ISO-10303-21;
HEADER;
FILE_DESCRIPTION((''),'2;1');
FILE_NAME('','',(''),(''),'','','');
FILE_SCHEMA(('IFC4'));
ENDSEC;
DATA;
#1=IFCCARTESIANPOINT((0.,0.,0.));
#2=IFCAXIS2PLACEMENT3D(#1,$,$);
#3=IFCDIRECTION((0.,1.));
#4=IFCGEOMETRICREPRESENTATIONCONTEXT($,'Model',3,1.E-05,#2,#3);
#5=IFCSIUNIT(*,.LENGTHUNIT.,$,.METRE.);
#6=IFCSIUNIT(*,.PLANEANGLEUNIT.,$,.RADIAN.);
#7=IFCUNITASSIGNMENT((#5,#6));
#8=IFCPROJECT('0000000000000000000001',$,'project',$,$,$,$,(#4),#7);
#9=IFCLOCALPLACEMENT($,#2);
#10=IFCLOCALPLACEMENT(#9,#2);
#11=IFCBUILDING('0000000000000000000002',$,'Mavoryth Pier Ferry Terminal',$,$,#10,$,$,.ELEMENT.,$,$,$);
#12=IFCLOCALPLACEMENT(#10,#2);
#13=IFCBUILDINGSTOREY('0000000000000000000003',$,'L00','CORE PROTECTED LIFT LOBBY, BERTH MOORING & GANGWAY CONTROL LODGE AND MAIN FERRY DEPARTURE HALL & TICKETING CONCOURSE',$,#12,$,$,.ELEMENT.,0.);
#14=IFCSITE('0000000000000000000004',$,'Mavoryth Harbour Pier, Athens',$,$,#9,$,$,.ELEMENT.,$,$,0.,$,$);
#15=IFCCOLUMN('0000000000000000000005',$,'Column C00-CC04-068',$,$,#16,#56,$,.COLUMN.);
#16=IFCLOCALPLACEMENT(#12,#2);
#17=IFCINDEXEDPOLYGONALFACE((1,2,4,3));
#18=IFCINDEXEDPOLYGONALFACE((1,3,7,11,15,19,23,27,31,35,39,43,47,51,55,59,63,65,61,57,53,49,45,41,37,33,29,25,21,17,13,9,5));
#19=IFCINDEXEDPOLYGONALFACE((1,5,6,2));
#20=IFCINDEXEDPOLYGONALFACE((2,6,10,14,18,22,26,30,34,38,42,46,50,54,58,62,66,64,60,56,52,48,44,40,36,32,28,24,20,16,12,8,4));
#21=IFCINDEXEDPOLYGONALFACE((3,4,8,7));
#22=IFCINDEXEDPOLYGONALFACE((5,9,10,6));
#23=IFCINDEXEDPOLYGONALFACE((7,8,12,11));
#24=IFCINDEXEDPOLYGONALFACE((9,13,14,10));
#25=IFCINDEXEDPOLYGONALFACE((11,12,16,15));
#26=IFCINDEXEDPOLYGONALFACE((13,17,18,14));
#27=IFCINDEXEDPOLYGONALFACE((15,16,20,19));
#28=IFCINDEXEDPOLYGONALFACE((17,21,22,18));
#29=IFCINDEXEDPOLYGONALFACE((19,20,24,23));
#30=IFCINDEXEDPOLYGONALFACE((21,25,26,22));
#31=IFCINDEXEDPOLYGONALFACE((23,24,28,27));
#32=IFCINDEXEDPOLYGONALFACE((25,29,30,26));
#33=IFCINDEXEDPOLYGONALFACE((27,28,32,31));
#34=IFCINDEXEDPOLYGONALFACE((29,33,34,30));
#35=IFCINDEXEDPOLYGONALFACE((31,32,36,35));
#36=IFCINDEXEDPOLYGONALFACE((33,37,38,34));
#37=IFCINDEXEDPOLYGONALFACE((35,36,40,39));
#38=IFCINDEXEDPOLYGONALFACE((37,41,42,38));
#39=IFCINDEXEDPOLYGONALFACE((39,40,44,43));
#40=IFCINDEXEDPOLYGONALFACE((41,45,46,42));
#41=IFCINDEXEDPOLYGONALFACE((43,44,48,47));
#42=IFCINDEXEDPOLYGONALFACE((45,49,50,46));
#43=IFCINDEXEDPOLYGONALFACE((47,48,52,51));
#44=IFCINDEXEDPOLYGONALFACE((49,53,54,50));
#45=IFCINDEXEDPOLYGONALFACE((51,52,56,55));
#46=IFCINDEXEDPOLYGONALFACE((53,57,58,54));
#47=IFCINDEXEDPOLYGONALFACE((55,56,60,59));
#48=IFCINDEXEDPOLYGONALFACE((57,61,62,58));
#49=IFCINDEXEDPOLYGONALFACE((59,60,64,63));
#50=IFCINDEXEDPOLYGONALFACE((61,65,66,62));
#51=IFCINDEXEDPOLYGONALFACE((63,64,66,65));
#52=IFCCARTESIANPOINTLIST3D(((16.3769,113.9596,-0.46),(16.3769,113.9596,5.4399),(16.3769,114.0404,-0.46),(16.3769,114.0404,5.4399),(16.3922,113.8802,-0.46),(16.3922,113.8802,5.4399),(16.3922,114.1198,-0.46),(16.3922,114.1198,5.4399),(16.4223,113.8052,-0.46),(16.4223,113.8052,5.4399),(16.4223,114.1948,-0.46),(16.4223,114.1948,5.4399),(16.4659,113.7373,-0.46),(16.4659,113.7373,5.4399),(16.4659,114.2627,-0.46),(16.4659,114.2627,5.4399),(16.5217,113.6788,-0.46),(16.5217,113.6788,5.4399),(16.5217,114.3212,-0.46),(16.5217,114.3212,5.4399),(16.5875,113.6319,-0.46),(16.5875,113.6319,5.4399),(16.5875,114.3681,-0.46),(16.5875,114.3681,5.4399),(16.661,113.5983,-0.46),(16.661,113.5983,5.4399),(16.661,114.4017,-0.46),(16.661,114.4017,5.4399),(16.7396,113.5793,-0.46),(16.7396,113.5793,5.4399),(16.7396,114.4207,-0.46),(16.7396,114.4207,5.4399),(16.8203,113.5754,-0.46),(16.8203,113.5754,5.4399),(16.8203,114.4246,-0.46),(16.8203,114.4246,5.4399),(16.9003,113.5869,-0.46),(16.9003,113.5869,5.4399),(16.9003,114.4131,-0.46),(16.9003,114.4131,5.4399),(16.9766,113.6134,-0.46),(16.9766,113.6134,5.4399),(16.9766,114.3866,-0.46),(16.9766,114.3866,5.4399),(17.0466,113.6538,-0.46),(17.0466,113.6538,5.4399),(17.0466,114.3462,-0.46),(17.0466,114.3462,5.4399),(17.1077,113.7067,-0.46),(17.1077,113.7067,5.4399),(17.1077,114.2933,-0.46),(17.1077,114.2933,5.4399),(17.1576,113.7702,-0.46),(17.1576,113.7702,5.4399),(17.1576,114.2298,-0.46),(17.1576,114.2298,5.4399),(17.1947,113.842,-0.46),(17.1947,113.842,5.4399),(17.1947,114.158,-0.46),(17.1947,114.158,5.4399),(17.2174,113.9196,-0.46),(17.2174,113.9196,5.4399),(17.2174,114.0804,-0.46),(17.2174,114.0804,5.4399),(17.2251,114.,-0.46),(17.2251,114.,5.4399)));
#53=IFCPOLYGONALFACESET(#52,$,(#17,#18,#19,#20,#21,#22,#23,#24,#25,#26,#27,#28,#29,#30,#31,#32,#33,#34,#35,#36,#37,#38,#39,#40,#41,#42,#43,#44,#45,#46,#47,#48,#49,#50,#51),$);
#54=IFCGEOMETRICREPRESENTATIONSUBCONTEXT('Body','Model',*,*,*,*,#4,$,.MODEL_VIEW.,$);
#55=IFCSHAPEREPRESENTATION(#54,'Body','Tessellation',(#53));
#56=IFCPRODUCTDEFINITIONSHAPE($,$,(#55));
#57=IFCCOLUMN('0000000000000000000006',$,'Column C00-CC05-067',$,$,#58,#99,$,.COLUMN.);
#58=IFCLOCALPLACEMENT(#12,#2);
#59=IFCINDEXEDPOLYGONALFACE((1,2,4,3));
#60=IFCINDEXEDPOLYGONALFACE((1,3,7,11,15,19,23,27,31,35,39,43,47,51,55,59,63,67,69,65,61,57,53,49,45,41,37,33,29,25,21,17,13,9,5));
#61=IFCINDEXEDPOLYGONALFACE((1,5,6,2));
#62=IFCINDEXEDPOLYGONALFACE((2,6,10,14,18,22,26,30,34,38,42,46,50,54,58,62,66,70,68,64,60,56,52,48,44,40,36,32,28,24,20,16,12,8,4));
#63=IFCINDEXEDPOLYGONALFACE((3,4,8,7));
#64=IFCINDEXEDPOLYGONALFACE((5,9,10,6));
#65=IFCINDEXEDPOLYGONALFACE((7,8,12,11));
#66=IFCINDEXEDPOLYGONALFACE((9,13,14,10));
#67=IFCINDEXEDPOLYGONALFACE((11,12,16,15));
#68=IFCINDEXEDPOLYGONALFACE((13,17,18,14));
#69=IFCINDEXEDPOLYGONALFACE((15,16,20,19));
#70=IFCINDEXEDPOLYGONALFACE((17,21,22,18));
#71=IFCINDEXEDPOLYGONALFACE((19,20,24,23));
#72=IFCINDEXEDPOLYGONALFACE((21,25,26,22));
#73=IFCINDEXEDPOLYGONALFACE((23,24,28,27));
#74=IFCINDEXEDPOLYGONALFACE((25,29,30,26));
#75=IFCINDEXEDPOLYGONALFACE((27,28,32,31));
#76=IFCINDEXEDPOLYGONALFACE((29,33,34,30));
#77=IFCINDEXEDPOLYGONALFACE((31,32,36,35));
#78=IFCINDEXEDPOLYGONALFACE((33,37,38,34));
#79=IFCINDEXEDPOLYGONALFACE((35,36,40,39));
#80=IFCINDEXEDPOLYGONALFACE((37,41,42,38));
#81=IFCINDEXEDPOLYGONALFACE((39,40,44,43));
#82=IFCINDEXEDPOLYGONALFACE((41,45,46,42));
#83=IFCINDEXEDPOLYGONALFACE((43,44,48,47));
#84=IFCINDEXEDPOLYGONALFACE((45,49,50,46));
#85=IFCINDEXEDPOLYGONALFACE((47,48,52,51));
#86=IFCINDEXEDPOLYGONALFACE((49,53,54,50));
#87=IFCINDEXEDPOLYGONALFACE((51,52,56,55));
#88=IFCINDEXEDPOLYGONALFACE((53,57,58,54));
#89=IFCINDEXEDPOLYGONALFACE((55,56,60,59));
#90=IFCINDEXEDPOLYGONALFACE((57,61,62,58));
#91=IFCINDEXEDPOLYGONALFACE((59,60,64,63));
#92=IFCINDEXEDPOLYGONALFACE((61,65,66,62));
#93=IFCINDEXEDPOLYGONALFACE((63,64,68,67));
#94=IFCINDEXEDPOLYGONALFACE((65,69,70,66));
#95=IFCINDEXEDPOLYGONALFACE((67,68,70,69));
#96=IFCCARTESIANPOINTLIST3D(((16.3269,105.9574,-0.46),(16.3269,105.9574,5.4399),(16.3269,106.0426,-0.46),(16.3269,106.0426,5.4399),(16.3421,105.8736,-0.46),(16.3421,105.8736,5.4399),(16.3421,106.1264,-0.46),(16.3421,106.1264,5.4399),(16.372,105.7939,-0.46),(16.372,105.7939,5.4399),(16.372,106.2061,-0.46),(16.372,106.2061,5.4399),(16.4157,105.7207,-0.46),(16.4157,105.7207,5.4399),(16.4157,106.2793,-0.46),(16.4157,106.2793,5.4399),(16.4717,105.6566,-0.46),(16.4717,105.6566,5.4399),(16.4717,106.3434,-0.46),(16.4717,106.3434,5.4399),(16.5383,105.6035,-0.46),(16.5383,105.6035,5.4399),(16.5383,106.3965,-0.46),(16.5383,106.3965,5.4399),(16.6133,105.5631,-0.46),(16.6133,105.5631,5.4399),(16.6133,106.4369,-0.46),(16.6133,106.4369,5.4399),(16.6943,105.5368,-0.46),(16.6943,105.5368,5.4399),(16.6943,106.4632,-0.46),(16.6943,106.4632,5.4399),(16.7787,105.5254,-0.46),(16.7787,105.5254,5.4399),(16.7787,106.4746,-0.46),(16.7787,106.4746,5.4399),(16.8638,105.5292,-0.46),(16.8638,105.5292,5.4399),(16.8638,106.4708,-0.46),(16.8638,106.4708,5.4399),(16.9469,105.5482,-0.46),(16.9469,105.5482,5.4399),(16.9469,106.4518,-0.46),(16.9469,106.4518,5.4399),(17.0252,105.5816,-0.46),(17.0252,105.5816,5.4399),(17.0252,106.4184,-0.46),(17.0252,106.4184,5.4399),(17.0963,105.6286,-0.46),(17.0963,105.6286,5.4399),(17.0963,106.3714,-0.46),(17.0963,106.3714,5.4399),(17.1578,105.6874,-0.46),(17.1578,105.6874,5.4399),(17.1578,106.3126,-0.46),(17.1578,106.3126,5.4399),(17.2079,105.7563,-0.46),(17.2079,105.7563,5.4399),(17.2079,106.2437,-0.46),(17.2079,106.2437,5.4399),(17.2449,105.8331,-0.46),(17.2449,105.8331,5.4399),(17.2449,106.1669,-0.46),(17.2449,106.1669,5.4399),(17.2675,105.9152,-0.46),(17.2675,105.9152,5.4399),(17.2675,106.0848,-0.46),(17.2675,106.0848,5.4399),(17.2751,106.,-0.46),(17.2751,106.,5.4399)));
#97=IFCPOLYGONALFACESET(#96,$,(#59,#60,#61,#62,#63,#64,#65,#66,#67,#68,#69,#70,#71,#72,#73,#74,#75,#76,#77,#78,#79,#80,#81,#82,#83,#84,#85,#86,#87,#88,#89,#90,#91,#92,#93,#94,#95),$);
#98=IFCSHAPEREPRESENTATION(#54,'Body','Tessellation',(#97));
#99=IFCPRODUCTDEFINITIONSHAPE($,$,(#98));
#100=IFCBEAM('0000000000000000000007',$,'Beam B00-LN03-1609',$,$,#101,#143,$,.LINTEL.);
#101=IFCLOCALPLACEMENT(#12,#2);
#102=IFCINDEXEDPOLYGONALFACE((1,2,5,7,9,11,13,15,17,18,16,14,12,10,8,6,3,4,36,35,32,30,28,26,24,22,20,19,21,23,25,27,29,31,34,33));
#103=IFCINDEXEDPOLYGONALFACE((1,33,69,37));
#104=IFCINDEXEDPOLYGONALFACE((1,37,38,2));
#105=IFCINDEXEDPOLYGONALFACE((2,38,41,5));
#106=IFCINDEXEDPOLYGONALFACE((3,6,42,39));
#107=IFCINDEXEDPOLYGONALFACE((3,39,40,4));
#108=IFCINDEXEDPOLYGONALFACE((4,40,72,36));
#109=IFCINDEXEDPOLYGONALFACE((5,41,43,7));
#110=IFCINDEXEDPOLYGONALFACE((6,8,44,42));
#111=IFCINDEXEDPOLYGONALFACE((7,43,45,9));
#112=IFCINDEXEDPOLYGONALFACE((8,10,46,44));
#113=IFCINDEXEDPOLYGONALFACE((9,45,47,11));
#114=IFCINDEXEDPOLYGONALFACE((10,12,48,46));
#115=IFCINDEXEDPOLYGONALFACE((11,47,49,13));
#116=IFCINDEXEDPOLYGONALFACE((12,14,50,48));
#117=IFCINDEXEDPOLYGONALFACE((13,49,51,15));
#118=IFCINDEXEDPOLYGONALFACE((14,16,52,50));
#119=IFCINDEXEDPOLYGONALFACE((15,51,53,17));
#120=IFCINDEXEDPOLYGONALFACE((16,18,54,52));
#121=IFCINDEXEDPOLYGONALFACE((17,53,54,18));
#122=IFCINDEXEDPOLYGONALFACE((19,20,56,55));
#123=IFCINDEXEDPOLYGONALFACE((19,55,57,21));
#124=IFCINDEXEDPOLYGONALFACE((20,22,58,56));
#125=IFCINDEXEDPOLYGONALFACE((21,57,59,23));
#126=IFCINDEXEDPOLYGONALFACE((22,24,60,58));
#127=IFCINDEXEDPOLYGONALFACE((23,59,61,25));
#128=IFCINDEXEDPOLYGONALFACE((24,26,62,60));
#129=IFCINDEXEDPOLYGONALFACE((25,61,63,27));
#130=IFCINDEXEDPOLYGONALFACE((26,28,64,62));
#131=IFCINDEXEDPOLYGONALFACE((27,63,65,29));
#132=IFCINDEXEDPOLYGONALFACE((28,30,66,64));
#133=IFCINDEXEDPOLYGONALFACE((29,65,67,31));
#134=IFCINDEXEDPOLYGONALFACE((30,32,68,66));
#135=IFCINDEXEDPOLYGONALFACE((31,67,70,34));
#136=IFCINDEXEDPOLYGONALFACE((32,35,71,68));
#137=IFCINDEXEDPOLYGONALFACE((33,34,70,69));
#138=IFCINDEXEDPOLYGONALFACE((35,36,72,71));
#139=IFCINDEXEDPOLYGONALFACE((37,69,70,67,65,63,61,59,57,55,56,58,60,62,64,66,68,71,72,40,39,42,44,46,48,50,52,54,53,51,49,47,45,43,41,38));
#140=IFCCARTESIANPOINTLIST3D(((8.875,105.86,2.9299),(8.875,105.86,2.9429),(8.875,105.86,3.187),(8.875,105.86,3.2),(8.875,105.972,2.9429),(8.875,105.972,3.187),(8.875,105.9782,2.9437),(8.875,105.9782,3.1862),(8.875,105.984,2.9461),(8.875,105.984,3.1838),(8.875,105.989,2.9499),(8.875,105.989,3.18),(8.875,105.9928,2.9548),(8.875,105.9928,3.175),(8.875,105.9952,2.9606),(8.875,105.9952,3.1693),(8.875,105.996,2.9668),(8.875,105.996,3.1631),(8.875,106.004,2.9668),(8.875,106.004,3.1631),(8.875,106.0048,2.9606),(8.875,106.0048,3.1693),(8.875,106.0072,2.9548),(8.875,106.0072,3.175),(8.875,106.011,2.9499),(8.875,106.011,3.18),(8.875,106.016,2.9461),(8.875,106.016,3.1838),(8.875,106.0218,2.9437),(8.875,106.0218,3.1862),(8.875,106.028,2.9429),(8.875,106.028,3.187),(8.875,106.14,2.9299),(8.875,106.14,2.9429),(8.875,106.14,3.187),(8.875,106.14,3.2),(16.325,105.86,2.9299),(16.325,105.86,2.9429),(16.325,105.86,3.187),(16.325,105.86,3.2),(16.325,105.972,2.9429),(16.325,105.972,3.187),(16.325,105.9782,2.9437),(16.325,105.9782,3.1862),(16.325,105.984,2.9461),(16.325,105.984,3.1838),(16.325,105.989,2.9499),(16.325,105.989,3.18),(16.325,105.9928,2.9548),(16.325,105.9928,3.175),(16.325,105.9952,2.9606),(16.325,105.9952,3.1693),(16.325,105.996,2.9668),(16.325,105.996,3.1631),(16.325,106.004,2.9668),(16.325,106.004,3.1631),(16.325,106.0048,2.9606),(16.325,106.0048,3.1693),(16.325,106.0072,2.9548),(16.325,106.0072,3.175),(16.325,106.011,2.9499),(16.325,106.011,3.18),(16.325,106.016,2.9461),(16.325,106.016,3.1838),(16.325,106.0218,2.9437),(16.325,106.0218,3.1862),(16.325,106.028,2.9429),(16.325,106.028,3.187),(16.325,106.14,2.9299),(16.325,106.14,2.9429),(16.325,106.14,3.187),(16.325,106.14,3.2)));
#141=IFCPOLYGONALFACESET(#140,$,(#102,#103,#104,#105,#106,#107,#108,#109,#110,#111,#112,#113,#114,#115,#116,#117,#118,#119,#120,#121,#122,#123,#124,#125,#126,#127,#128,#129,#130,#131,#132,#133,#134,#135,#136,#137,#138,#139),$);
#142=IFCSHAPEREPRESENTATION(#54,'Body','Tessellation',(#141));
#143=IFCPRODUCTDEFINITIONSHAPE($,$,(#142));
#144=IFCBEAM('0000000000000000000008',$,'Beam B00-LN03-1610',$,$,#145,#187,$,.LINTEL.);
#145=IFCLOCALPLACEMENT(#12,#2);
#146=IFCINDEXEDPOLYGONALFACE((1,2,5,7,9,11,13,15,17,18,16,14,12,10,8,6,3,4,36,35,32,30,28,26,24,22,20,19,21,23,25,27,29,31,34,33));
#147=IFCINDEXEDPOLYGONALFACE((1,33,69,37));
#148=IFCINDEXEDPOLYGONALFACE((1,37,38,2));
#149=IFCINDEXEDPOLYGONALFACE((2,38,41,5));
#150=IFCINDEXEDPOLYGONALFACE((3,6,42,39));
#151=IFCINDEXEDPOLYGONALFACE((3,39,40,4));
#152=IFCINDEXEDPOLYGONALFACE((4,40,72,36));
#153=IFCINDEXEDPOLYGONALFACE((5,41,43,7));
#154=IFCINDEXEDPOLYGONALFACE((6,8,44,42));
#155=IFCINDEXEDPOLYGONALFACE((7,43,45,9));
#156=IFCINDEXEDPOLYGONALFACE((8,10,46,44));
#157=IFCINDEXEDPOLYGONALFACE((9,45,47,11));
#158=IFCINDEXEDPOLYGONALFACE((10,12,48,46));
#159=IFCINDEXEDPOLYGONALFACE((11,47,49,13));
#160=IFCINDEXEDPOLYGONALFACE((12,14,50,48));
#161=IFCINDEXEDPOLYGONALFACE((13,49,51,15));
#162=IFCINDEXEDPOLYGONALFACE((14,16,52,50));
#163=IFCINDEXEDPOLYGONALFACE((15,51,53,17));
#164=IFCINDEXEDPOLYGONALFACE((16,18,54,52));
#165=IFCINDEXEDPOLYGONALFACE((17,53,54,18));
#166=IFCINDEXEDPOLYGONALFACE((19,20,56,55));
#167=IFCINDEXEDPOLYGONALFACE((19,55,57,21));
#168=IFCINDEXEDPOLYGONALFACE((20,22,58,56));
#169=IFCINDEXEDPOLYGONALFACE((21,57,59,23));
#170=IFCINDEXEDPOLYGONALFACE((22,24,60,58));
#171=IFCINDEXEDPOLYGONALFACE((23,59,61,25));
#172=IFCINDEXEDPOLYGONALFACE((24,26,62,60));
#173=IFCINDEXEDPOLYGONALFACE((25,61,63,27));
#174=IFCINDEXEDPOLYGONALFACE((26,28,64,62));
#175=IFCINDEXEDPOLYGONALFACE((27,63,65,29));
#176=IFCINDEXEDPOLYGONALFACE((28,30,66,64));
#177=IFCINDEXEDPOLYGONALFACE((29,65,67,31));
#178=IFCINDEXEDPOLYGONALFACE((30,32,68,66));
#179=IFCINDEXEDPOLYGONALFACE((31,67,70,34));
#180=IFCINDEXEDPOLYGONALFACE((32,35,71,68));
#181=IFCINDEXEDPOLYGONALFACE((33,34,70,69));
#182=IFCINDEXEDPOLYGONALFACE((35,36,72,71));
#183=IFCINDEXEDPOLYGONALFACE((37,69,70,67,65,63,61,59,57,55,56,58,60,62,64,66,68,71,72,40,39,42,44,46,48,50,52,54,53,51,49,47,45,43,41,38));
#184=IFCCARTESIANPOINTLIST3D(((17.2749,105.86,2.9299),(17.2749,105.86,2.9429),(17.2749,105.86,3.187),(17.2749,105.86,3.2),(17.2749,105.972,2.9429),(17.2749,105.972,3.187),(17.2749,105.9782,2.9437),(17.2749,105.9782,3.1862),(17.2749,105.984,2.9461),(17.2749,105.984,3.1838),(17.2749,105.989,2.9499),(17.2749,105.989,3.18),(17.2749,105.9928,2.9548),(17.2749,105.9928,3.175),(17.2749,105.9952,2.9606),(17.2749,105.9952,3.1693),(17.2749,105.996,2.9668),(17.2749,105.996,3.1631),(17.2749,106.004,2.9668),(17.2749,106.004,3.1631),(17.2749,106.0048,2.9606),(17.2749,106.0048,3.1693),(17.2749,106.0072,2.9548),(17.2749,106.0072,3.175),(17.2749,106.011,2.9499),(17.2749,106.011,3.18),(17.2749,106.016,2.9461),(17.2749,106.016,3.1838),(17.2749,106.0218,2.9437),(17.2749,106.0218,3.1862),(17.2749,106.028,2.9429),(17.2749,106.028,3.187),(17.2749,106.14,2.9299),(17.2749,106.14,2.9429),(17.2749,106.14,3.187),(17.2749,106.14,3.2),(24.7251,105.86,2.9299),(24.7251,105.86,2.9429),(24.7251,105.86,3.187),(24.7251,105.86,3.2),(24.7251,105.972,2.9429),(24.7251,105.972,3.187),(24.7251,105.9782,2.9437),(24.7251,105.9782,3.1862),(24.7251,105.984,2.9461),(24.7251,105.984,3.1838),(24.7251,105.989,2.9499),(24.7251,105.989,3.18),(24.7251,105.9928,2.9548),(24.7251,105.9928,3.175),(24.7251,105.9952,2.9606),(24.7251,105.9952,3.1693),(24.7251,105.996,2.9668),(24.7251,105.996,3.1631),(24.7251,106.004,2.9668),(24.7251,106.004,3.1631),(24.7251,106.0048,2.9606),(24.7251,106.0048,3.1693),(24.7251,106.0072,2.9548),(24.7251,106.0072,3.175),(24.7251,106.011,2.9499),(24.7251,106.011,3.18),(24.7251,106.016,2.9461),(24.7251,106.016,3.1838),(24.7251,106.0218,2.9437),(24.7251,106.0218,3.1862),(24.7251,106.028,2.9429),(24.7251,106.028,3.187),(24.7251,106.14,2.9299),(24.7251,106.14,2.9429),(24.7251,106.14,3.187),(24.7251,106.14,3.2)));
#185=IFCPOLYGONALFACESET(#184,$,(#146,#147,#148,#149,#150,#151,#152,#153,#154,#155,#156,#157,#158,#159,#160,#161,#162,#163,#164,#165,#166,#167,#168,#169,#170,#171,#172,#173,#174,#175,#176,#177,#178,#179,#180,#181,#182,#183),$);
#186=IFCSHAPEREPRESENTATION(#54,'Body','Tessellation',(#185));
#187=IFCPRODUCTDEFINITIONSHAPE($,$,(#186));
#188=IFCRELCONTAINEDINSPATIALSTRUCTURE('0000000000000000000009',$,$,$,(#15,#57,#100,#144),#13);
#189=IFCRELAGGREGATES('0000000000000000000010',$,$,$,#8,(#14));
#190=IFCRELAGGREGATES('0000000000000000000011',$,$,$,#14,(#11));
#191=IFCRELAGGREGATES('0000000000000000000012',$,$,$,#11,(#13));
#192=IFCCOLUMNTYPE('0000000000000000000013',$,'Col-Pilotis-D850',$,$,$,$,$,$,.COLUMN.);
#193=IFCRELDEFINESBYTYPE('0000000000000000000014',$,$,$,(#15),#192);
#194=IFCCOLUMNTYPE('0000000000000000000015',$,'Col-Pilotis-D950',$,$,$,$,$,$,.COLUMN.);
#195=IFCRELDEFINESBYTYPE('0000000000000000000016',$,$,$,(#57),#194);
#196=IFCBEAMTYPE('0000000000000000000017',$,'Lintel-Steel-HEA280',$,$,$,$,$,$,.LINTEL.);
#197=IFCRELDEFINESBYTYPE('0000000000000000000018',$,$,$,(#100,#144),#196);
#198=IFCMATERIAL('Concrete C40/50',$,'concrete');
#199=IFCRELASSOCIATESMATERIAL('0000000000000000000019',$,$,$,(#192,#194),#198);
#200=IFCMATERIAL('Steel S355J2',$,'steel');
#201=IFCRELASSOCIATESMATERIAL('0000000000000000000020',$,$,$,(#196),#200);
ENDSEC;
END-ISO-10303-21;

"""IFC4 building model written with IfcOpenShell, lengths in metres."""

from ifc_helpers import new_model, si_unit, direction, frame, origin, origin_2d, place, context, subcontext, project, spatial, circle, i_section, extrude, material, material_profile, profile_set, type_object, element, save


model = new_model("IFC4")

# Units and contexts
model_context = context("Model", 3, precision=1e-05, world=origin(), true_north=direction((0.0, 1.0)))
body_context = subcontext(model_context, "Body", "Model", "MODEL_VIEW")
ifc_project = project(units=[si_unit("LENGTHUNIT", "METRE"), si_unit("PLANEANGLEUNIT", "RADIAN")], contexts=[model_context])

# Site, building, storey
site_placement = place(None, origin())
site = spatial("IfcSite", under=ifc_project, at=site_placement, Name="Mavoryth Harbour Pier, Athens", CompositionType="ELEMENT", RefElevation=0.0)
building_placement = place(site_placement, origin())
building = spatial("IfcBuilding", under=site, at=building_placement, Name="Mavoryth Pier Ferry Terminal", CompositionType="ELEMENT")
storey_placement = place(building_placement, origin())
storey = spatial("IfcBuildingStorey", under=building, at=storey_placement, Name="L00", Description="CORE PROTECTED LIFT LOBBY, BERTH MOORING & GANGWAY CONTROL LODGE AND MAIN FERRY DEPARTURE HALL & TICKETING CONCOURSE", CompositionType="ELEMENT", Elevation=0.0)

# Columns
ifc_material_1 = material(Name="Concrete C40/50", Category="concrete")
ifc_material_profile_1 = material_profile(ifc_material_1, circle(Radius=0.425, at=origin_2d()), Name="RC D850", Category="concrete")
ifc_profile_set_1 = profile_set([ifc_material_profile_1], Name="Concrete C40/50 - RC D850")
column_type_1 = type_object("IfcColumnType", Name="Col-Pilotis-D850", PredefinedType="COLUMN", material=ifc_profile_set_1)
for number, where, z_axis, x_axis, name in (
    (1, (16.8, 114.0, -0.46), (0.0, 0.0, 1.0), (1.0, 0.0, 0.0), "Column C00-CC04-068"),
):
    element("IfcColumn", number, at=place(storey_placement, frame(where, z_axis=z_axis, x_axis=x_axis)), inside=storey, type_object=column_type_1, Name=name, PredefinedType="COLUMN", context=body_context, shape_type="SweptSolid", body=[
        extrude(circle(Radius=0.425, at=origin_2d()), origin(), (0.0, 0.0, 1.0), 5.8999),
    ])
ifc_material_profile_2 = material_profile(ifc_material_1, circle(Radius=0.4751, at=origin_2d()), Name="RC D950", Category="concrete")
ifc_profile_set_2 = profile_set([ifc_material_profile_2], Name="Concrete C40/50 - RC D950")
column_type_2 = type_object("IfcColumnType", Name="Col-Pilotis-D950", PredefinedType="COLUMN", material=ifc_profile_set_2)
column_placement = place(storey_placement, frame((16.8, 106.0, -0.46), z_axis=(0.0, 0.0, 1.0), x_axis=(1.0, 0.0, 0.0)))
element("IfcColumn", 2, at=column_placement, inside=storey, type_object=column_type_2, Name="Column C00-CC05-067", PredefinedType="COLUMN", context=body_context, shape_type="SweptSolid", body=[
    extrude(circle(Radius=0.4751, at=origin_2d()), origin(), (0.0, 0.0, 1.0), 5.8999),
])

# Beams
ifc_material_2 = material(Name="Steel S355J2", Category="steel")
ifc_material_profile_3 = material_profile(ifc_material_2, i_section(OverallWidth=0.28, OverallDepth=0.27, WebThickness=0.0081, FlangeThickness=0.0129, FilletRadius=0.0239, at=origin_2d()), Name="HEA 280", Category="steel")
ifc_profile_set_3 = profile_set([ifc_material_profile_3], Name="Steel S355J2 - HEA 280")
beam_type = type_object("IfcBeamType", Name="Lintel-Steel-HEA280", PredefinedType="LINTEL", material=ifc_profile_set_3)
beam_1_placement = place(storey_placement, frame((8.875, 106.0, 3.0649), z_axis=(1.0, 0.0, 0.0), x_axis=(0.0, 1.0, 0.0)))
element("IfcBeam", 3, at=beam_1_placement, inside=storey, type_object=beam_type, Name="Beam B00-LN03-1609", PredefinedType="LINTEL", context=body_context, shape_type="SweptSolid", body=[
    extrude(i_section(OverallWidth=0.28, OverallDepth=0.27, WebThickness=0.0081, FlangeThickness=0.0129, FilletRadius=0.0239, at=origin_2d()), origin(), (0.0, 0.0, 1.0), 7.45),
])
beam_2_placement = place(storey_placement, frame((17.2749, 106.0, 3.0649), z_axis=(1.0, 0.0, 0.0), x_axis=(0.0, 1.0, 0.0)))
element("IfcBeam", 4, at=beam_2_placement, inside=storey, type_object=beam_type, Name="Beam B00-LN03-1610", PredefinedType="LINTEL", context=body_context, shape_type="SweptSolid", body=[
    extrude(i_section(OverallWidth=0.28, OverallDepth=0.27, WebThickness=0.0081, FlangeThickness=0.0129, FilletRadius=0.0239, at=origin_2d()), origin(), (0.0, 0.0, 1.0), 7.4502),
])

save(model, "model.ifc")
